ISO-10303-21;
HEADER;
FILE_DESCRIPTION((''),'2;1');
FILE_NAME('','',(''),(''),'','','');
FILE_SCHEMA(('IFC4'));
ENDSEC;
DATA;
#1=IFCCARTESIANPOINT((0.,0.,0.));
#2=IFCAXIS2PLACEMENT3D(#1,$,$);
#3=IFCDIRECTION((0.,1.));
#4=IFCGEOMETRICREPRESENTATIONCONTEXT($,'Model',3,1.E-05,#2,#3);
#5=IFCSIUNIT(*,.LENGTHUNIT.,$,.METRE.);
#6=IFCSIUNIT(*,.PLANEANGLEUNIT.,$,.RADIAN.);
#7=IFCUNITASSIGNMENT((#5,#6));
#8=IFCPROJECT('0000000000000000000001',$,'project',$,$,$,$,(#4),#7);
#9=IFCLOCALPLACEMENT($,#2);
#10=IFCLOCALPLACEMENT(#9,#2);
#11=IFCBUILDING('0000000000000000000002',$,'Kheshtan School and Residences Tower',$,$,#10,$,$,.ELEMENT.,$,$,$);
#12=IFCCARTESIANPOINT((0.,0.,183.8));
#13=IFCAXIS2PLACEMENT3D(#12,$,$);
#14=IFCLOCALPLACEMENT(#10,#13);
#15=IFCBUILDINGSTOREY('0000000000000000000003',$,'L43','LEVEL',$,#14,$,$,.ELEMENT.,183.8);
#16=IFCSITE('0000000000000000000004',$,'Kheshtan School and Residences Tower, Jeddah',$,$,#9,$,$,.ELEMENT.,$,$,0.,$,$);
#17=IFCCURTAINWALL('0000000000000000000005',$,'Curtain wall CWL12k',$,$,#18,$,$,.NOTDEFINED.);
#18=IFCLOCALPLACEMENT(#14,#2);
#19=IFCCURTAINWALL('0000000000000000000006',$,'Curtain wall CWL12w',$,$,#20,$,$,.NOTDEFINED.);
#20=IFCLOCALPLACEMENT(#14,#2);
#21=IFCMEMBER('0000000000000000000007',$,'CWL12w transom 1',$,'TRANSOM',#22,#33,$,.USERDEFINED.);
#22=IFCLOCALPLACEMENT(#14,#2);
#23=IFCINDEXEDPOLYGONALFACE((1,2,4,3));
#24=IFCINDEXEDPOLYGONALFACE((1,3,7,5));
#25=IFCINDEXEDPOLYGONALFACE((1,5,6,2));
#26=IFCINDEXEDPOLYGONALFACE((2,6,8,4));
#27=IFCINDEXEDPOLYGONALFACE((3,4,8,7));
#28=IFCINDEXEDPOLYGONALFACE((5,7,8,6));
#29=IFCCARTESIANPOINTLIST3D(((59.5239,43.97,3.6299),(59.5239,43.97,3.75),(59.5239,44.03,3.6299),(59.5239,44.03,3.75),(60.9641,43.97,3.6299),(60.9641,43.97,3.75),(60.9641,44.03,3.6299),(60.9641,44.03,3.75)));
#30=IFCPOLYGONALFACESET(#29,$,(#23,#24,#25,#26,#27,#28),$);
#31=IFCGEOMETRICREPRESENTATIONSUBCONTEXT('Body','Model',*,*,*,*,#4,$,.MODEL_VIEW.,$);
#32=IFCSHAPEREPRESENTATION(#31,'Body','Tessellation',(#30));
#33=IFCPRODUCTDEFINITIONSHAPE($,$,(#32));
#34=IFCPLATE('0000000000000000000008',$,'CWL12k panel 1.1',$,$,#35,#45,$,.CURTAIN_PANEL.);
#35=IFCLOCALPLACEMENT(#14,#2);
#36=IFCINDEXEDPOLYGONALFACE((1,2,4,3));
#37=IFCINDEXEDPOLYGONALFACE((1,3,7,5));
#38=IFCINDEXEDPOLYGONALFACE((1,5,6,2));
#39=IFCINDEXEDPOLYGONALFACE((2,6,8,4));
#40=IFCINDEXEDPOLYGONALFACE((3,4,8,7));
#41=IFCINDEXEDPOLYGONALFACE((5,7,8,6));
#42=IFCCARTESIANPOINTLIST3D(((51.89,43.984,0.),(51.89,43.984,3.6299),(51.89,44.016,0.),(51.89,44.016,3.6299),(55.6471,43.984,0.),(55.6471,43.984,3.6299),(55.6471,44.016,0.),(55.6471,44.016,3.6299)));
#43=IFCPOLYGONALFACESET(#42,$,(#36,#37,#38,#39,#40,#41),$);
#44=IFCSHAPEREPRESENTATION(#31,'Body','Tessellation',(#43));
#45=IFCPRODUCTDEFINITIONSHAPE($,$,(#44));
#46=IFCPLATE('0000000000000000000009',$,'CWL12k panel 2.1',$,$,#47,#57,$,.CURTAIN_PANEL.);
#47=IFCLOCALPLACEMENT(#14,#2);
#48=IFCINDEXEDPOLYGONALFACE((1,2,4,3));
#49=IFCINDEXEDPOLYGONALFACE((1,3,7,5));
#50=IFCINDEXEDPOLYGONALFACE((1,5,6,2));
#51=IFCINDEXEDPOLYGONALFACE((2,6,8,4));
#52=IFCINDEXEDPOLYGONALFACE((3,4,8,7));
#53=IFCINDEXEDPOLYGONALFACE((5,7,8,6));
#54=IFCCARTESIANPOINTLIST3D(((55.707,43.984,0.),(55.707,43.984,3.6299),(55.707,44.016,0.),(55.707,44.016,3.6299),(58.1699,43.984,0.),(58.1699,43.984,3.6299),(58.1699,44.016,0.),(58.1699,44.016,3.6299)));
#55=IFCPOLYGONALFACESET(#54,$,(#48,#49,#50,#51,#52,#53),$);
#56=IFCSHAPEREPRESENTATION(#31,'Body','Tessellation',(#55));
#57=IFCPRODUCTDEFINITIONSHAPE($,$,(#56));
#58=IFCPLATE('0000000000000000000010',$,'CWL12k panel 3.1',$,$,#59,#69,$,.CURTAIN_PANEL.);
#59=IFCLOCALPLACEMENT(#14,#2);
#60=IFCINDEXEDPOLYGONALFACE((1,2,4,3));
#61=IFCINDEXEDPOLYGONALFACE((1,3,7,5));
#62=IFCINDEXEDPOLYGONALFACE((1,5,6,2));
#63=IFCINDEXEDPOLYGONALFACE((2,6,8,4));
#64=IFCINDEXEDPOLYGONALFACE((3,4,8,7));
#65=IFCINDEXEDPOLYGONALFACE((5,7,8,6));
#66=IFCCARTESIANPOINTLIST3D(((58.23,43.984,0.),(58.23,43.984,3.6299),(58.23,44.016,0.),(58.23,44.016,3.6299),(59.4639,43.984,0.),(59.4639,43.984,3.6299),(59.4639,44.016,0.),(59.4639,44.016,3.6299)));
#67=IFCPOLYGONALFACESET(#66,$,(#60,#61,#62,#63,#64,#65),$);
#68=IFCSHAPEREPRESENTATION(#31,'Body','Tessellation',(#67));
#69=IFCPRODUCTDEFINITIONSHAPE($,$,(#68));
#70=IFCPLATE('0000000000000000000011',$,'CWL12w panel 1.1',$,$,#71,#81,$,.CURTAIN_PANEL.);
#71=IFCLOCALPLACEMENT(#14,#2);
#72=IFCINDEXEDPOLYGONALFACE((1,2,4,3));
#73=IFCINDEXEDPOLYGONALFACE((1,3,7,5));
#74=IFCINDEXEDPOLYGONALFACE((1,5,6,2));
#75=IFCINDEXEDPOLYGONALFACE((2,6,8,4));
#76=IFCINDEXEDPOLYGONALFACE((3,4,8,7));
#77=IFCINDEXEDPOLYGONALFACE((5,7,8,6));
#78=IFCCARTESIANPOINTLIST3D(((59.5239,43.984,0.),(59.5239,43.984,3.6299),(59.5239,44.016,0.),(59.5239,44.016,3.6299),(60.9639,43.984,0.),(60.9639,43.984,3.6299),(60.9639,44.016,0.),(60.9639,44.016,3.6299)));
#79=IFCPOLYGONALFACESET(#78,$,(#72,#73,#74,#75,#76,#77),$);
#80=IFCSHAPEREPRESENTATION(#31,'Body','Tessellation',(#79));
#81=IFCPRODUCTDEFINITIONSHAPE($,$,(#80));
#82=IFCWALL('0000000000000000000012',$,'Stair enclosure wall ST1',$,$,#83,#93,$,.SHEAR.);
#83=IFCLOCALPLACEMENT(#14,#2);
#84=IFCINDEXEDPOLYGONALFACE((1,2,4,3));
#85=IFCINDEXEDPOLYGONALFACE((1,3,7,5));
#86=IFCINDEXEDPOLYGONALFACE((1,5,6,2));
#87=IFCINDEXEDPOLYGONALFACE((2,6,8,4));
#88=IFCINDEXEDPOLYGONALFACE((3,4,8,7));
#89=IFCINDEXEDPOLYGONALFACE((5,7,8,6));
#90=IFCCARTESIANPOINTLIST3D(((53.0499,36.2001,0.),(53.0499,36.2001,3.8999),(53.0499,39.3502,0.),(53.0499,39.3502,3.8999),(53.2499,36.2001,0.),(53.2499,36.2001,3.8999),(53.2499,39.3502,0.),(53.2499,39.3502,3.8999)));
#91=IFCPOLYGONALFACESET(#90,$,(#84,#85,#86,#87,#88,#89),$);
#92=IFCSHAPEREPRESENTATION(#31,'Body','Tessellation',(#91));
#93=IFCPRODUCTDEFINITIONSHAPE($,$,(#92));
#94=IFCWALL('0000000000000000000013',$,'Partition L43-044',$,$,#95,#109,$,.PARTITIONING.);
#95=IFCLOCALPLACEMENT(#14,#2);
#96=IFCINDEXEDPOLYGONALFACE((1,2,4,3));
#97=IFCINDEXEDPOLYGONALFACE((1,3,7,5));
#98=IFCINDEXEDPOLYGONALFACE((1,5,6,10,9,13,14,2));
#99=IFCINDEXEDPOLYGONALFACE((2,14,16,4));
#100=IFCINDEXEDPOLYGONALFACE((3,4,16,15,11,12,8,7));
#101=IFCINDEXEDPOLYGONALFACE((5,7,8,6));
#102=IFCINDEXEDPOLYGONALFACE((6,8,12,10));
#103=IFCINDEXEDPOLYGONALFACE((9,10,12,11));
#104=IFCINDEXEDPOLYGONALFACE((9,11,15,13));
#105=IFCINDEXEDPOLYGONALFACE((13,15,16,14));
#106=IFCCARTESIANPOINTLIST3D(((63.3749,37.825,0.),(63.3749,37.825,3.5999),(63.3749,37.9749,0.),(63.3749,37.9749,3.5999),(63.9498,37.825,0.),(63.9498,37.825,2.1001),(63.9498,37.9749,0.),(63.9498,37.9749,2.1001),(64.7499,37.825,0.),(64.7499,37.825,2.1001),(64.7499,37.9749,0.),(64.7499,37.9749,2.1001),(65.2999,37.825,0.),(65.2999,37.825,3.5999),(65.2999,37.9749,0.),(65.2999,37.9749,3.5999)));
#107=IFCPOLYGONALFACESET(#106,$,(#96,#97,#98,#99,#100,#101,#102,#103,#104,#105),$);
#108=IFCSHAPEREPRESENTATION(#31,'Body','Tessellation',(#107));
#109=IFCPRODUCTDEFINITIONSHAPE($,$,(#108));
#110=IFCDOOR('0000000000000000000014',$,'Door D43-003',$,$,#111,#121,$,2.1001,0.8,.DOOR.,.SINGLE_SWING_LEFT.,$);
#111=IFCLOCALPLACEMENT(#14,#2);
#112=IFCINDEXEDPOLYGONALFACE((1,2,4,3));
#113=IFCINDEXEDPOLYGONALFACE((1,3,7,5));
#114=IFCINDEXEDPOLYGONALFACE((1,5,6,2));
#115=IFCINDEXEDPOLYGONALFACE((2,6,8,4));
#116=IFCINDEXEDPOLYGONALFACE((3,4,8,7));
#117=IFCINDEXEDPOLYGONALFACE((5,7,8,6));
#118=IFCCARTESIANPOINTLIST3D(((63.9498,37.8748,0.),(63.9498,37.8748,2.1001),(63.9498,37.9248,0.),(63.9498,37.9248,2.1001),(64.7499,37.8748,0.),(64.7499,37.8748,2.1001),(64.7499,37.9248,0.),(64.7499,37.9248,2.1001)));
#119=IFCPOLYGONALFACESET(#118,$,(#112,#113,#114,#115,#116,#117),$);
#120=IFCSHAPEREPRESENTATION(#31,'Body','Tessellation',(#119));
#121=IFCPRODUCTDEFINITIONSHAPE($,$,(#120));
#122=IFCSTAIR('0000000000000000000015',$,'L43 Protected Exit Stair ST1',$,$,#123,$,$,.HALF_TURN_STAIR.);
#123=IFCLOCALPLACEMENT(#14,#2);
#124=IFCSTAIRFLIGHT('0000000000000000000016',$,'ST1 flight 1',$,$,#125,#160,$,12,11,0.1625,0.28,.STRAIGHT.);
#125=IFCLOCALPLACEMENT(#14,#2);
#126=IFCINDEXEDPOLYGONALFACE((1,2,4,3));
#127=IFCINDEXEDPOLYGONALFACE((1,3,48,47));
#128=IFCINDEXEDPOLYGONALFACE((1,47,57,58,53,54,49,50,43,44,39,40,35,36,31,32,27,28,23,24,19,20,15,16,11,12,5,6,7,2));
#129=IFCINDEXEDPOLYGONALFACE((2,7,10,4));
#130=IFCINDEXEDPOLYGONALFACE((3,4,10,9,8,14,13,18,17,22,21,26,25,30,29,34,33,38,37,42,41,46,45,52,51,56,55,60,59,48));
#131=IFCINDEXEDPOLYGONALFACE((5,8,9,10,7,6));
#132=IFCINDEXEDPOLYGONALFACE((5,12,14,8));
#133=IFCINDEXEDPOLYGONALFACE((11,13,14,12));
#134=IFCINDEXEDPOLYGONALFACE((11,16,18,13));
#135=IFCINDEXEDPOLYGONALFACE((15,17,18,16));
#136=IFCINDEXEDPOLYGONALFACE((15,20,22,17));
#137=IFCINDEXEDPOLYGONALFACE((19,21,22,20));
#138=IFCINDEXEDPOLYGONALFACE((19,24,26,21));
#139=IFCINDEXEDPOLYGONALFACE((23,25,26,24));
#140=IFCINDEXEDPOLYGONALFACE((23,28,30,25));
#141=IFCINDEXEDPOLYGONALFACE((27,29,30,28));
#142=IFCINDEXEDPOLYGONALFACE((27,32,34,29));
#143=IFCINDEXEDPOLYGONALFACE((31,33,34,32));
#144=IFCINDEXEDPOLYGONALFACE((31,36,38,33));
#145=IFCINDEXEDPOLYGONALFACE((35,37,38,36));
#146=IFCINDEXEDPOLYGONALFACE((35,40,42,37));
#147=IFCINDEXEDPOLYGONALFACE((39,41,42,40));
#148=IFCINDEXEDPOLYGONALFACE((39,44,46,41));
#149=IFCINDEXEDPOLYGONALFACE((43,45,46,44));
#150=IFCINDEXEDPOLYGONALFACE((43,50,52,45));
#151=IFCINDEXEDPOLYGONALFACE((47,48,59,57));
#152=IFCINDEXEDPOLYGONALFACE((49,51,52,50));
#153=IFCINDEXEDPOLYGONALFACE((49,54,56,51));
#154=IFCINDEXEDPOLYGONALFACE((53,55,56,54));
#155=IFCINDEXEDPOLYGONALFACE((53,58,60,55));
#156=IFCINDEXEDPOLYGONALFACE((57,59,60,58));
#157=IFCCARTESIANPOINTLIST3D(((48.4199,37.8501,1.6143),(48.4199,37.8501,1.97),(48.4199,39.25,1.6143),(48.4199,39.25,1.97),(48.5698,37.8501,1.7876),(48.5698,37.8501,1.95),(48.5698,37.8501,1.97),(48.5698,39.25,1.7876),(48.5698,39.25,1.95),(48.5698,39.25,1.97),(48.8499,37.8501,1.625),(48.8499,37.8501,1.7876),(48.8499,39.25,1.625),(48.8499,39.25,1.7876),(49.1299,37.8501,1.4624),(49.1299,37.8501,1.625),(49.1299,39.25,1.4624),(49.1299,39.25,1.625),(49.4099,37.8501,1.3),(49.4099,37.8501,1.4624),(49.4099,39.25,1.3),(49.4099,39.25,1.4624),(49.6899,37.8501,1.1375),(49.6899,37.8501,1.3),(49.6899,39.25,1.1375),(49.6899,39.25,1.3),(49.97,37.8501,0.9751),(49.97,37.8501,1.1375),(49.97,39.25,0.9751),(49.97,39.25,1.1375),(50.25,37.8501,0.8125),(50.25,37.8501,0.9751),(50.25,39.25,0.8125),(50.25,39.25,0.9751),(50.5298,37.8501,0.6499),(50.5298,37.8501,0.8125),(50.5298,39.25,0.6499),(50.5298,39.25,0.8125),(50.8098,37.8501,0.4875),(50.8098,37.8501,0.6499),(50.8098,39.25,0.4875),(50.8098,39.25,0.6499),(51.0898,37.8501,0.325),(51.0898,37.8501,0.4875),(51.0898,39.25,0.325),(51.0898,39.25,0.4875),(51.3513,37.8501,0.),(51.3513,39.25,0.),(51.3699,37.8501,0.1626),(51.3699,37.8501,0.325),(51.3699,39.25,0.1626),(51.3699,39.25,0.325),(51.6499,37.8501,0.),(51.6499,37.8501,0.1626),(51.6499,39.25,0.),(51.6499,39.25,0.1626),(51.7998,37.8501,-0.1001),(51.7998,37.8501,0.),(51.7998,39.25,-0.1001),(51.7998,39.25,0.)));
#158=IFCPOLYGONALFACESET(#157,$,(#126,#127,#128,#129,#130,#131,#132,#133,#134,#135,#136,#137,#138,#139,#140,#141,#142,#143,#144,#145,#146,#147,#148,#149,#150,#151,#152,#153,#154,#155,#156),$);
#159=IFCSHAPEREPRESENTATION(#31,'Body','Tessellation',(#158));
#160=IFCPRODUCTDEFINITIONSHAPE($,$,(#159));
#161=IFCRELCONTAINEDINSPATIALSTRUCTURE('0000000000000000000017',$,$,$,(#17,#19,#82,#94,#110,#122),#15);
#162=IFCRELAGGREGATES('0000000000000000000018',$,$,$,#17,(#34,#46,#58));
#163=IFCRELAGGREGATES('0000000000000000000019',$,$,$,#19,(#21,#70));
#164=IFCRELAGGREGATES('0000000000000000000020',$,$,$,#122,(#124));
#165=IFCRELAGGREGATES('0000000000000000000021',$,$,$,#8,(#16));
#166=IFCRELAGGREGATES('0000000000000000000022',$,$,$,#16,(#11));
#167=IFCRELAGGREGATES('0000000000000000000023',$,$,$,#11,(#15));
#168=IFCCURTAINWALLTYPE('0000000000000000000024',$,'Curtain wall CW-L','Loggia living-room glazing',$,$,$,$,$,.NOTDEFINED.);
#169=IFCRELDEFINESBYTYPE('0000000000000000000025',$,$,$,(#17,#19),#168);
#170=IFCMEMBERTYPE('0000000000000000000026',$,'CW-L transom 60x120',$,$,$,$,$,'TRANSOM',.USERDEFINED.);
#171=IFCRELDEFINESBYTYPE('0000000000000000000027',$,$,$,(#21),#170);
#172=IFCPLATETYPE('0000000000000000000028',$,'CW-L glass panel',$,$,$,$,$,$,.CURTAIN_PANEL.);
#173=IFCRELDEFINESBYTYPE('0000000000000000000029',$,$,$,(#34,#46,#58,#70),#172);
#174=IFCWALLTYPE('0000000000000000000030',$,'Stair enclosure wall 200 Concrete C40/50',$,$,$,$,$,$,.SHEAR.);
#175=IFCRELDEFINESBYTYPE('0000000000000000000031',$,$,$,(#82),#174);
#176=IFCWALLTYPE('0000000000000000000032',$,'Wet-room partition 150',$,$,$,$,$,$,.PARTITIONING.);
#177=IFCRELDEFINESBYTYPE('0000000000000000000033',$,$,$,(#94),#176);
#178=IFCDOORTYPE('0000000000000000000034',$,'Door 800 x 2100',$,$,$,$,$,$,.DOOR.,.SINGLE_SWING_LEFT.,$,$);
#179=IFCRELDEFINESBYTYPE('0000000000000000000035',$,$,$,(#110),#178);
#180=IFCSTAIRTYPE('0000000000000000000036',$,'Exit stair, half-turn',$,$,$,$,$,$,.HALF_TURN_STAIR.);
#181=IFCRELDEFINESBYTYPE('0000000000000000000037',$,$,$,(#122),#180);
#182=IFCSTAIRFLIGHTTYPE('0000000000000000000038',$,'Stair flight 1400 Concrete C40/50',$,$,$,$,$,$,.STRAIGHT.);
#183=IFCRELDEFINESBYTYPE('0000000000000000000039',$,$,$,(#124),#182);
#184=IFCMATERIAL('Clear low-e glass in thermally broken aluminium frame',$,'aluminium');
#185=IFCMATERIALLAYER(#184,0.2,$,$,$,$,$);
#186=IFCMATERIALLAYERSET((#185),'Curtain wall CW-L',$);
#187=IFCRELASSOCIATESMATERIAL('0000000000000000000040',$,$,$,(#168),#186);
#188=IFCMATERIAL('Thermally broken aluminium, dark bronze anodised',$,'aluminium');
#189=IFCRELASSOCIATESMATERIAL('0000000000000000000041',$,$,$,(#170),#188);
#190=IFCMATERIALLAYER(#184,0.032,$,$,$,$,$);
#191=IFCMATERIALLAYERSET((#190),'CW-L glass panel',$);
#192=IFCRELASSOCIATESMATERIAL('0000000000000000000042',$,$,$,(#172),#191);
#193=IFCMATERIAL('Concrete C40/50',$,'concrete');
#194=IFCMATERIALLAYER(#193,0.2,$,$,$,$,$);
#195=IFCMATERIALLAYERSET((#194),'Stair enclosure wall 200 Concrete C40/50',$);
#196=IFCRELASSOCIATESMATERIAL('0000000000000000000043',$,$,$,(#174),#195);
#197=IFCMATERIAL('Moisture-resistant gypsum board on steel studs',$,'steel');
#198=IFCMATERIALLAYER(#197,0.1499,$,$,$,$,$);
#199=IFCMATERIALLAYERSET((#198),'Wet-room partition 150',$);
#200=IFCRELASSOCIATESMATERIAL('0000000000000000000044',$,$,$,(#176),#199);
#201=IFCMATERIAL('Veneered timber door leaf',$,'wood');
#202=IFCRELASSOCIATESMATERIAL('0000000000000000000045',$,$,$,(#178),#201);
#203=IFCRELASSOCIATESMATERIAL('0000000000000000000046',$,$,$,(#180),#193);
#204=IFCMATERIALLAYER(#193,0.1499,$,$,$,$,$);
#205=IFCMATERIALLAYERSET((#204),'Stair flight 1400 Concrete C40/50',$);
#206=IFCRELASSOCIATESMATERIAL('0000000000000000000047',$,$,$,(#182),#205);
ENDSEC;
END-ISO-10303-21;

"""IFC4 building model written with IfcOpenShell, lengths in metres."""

from ifc_helpers import new_model, si_unit, direction, frame, frame_2d, origin, origin_2d, place, context, subcontext, project, spatial, polyline, rectangle, outline, extrude, source, transform, mapped, material, layer, layer_set, material_profile, profile_set, type_object, element, fill, aggregate, save


model = new_model("IFC4")

# Units and contexts
model_context = context("Model", 3, precision=1e-05, world=origin(), true_north=direction((0.0, 1.0)))
body_context = subcontext(model_context, "Body", "Model", "MODEL_VIEW")
ifc_project = project(units=[si_unit("LENGTHUNIT", "METRE"), si_unit("PLANEANGLEUNIT", "RADIAN")], contexts=[model_context])

# Site, building, storey
site_placement = place(None, origin())
site = spatial("IfcSite", under=ifc_project, at=site_placement, Name="Kheshtan School and Residences Tower, Jeddah", CompositionType="ELEMENT", RefElevation=0.0)
building_placement = place(site_placement, origin())
building = spatial("IfcBuilding", under=site, at=building_placement, Name="Kheshtan School and Residences Tower", CompositionType="ELEMENT")
storey_placement = place(building_placement, frame((0.0, 0.0, 183.8)))
storey = spatial("IfcBuildingStorey", under=building, at=storey_placement, Name="L43", Description="LEVEL", CompositionType="ELEMENT", Elevation=183.8)

# Curtain wall
ifc_material_1 = material(Name="Clear low-e glass in thermally broken aluminium frame", Category="aluminium")
ifc_layer_1 = layer(ifc_material_1, 0.2)
ifc_layer_set_1 = layer_set([ifc_layer_1], Name="Curtain wall CW-L")
curtain_wall_type = type_object("IfcCurtainWallType", Name="Curtain wall CW-L", Description="Loggia living-room glazing", PredefinedType="NOTDEFINED", material=ifc_layer_set_1)
curtain_wall_1_placement = place(storey_placement, origin())
curtain_wall_1 = element("IfcCurtainWall", 1, at=curtain_wall_1_placement, inside=storey, type_object=curtain_wall_type, Name="Curtain wall CWL12k", PredefinedType="NOTDEFINED")
ifc_material_2 = material(Name="Thermally broken aluminium, dark bronze anodised", Category="aluminium")

# Curtain wall
curtain_wall_2_placement = place(storey_placement, origin())
curtain_wall_2 = element("IfcCurtainWall", 2, at=curtain_wall_2_placement, inside=storey, type_object=curtain_wall_type, Name="Curtain wall CWL12w", PredefinedType="NOTDEFINED")

# Member
ifc_material_profile_1 = material_profile(ifc_material_2, rectangle(XDim=0.0601, YDim=0.1201, at=origin_2d()), Name="CW-L transom 60x120")
ifc_profile_set_1 = profile_set([ifc_material_profile_1], Name="Thermally broken aluminium, dark bronze anodised")
member_type_1 = type_object("IfcMemberType", Name="CW-L transom 60x120", ElementType="TRANSOM", PredefinedType="USERDEFINED", material=ifc_profile_set_1)
member_1_placement = place(storey_placement, frame((59.5239, 44.0, 3.6899), z_axis=(1.0, 0.0, 0.0), x_axis=(0.0, 1.0, 0.0)))
member_1 = element("IfcMember", 3, at=member_1_placement, type_object=member_type_1, Name="CWL12w transom 1", ObjectType="TRANSOM", PredefinedType="USERDEFINED", context=body_context, shape_type="SweptSolid", body=[
    extrude(rectangle(XDim=0.0601, YDim=0.1201, at=origin_2d()), origin(), (0.0, 0.0, 1.0), 1.4402),
])

# Plates
ifc_layer_2 = layer(ifc_material_1, 0.032)
ifc_layer_set_2 = layer_set([ifc_layer_2], Name="CW-L glass panel")
plate_type = type_object("IfcPlateType", Name="CW-L glass panel", PredefinedType="CURTAIN_PANEL", material=ifc_layer_set_2)
plate_1_placement = place(storey_placement, frame((53.7686, 44.0, 0.0), z_axis=(0.0, 0.0, 1.0), x_axis=(1.0, 0.0, 0.0)))
plate_1 = element("IfcPlate", 4, at=plate_1_placement, type_object=plate_type, Name="CWL12k panel 1.1", PredefinedType="CURTAIN_PANEL", context=body_context, shape_type="SweptSolid", body=[
    extrude(rectangle(XDim=3.7571, YDim=0.032, at=origin_2d()), origin(), (0.0, 0.0, 1.0), 3.6299),
])
plate_2_placement = place(storey_placement, frame((56.9385, 44.0, 0.0), z_axis=(0.0, 0.0, 1.0), x_axis=(1.0, 0.0, 0.0)))
plate_2 = element("IfcPlate", 5, at=plate_2_placement, type_object=plate_type, Name="CWL12k panel 2.1", PredefinedType="CURTAIN_PANEL", context=body_context, shape_type="SweptSolid", body=[
    extrude(rectangle(XDim=2.4629, YDim=0.032, at=origin_2d()), origin(), (0.0, 0.0, 1.0), 3.6299),
])
plate_3_placement = place(storey_placement, frame((58.8469, 44.0, 0.0), z_axis=(0.0, 0.0, 1.0), x_axis=(1.0, 0.0, 0.0)))
plate_3 = element("IfcPlate", 6, at=plate_3_placement, type_object=plate_type, Name="CWL12k panel 3.1", PredefinedType="CURTAIN_PANEL", context=body_context, shape_type="SweptSolid", body=[
    extrude(rectangle(XDim=1.2339, YDim=0.032, at=origin_2d()), origin(), (0.0, 0.0, 1.0), 3.6299),
])
aggregate(curtain_wall_1, [plate_1, plate_2, plate_3])
plate_4_placement = place(storey_placement, frame((60.2439, 44.0, 0.0), z_axis=(0.0, 0.0, 1.0), x_axis=(1.0, 0.0, 0.0)))
plate_4 = element("IfcPlate", 7, at=plate_4_placement, type_object=plate_type, Name="CWL12w panel 1.1", PredefinedType="CURTAIN_PANEL", context=body_context, shape_type="SweptSolid", body=[
    extrude(rectangle(XDim=1.4399, YDim=0.032, at=origin_2d()), origin(), (0.0, 0.0, 1.0), 3.6299),
])
aggregate(curtain_wall_2, [member_1, plate_4])

# Wall
ifc_material_3 = material(Name="Concrete C40/50", Category="concrete")
ifc_layer_3 = layer(ifc_material_3, 0.2)
ifc_layer_set_3 = layer_set([ifc_layer_3], Name="Stair enclosure wall 200 Concrete C40/50")
wall_type_1 = type_object("IfcWallType", Name="Stair enclosure wall 200 Concrete C40/50", PredefinedType="SHEAR", material=ifc_layer_set_3)
wall_1_placement = place(storey_placement, frame((53.1499, 36.2, 0.0), z_axis=(0.0, 0.0, 1.0), x_axis=(0.0, 1.0, 0.0)))
element("IfcWall", 8, at=wall_1_placement, inside=storey, type_object=wall_type_1, Name="Stair enclosure wall ST1", PredefinedType="SHEAR", context=body_context, shape_type="SweptSolid", body=[
    extrude(rectangle(XDim=3.1501, YDim=0.2, at=frame_2d((1.5752, 0.0))), origin(), (0.0, 0.0, 1.0), 3.8999),
])

# Wall, opening, door
ifc_material_4 = material(Name="Moisture-resistant gypsum board on steel studs", Category="steel")
ifc_layer_4 = layer(ifc_material_4, 0.1499)
ifc_layer_set_4 = layer_set([ifc_layer_4], Name="Wet-room partition 150")
wall_type_2 = type_object("IfcWallType", Name="Wet-room partition 150", PredefinedType="PARTITIONING", material=ifc_layer_set_4)
wall_2_placement = place(storey_placement, frame((63.375, 37.8999, 0.0), z_axis=(0.0, 0.0, 1.0), x_axis=(1.0, 0.0, 0.0)))
wall_2 = element("IfcWall", 9, at=wall_2_placement, inside=storey, type_object=wall_type_2, Name="Partition L43-044", PredefinedType="PARTITIONING", context=body_context, shape_type="SweptSolid", body=[
    extrude(rectangle(XDim=1.925, YDim=0.1499, at=frame_2d((0.9624, 0.0))), origin(), (0.0, 0.0, 1.0), 3.5999),
])
opening_1_placement = place(wall_2_placement, frame((0.575, 0.0, 0.0)))
opening_1 = element("IfcOpeningElement", 10, at=opening_1_placement, cuts=wall_2, PredefinedType="OPENING", context=body_context, shape_type="SweptSolid", body=[
    extrude(rectangle(XDim=0.8, YDim=2.1001, at=frame_2d((0.3999, 1.05))), frame((0.0, 0.085, 0.0), z_axis=(0.0, -1.0, 0.0), x_axis=(1.0, 0.0, 0.0)), (0.0, 0.0, 1.0), 0.1699),
])
ifc_material_5 = material(Name="Veneered timber door leaf", Category="wood")
door_type_1 = type_object("IfcDoorType", Name="Door 800 x 2100", OperationType="SINGLE_SWING_LEFT", PredefinedType="DOOR", material=ifc_material_5)
shared_shape_1 = source(origin(), body_context, "Body", "SweptSolid", [
    extrude(rectangle(XDim=0.8, YDim=2.1001, at=frame_2d((0.3999, 1.05))), frame((0.0, 0.0249, 0.0), z_axis=(0.0, -1.0, 0.0), x_axis=(1.0, 0.0, 0.0)), (0.0, 0.0, 1.0), 0.05),
])
door_1_placement = place(opening_1_placement, origin())
door_1 = element("IfcDoor", 11, at=door_1_placement, inside=storey, type_object=door_type_1, Name="Door D43-003", OperationType="SINGLE_SWING_LEFT", OverallHeight=2.1001, OverallWidth=0.8, PredefinedType="DOOR", context=body_context, shape_type="MappedRepresentation", body=[
    mapped(shared_shape_1, transform((0.0, 0.0, 0.0), x_axis=(1.0, 0.0, 0.0), y_axis=(0.0, 1.0, 0.0), z_axis=(0.0, 0.0, 1.0), scale=1.0)),
])
fill(opening_1, door_1)

# Stair, stair flight
stair_type = type_object("IfcStairType", Name="Exit stair, half-turn", PredefinedType="HALF_TURN_STAIR", material=ifc_material_3)
stair_placement = place(storey_placement, origin())
stair = element("IfcStair", 12, at=stair_placement, inside=storey, type_object=stair_type, Name="L43 Protected Exit Stair ST1", PredefinedType="HALF_TURN_STAIR")
ifc_layer_5 = layer(ifc_material_3, 0.1499)
ifc_layer_set_5 = layer_set([ifc_layer_5], Name="Stair flight 1400 Concrete C40/50")
stair_flight_type = type_object("IfcStairFlightType", Name="Stair flight 1400 Concrete C40/50", PredefinedType="STRAIGHT", material=ifc_layer_set_5)
stair_flight_placement = place(storey_placement, frame((51.6499, 38.55, 0.0), z_axis=(0.0, 0.0, 1.0), x_axis=(-1.0, 0.0, 0.0)))
stair_flight = element("IfcStairFlight", 13, at=stair_flight_placement, type_object=stair_flight_type, Name="ST1 flight 1", NumberOfRisers=12, NumberOfTreads=11, PredefinedType="STRAIGHT", RiserHeight=0.1625, TreadLength=0.28, context=body_context, shape_type="SweptSolid", body=[
    extrude(outline(polyline([(-0.1499, -0.1001), (-0.1499, 0.0), (0.0, 0.0), (0.0, 0.1626), (0.28, 0.1626), (0.28, 0.325), (0.5601, 0.325), (0.5601, 0.4875), (0.8401, 0.4875), (0.8401, 0.6499), (1.1201, 0.6499), (1.1201, 0.8125), (1.3999, 0.8125), (1.3999, 0.9751), (1.6799, 0.9751), (1.6799, 1.1375), (1.96, 1.1375), (1.96, 1.3), (2.24, 1.3), (2.24, 1.4624), (2.52, 1.4624), (2.52, 1.625), (2.8, 1.625), (2.8, 1.7876), (3.0801, 1.7876), (3.0801, 1.95), (3.0801, 1.97), (3.23, 1.97), (3.23, 1.6143), (0.2986, 0.0), (-0.1499, -0.1001)])), frame((0.0, 0.7, 0.0), z_axis=(0.0, -1.0, 0.0), x_axis=(1.0, 0.0, 0.0)), (0.0, 0.0, 1.0), 1.3999),
])
aggregate(stair, [stair_flight])

save(model, "model.ifc")
